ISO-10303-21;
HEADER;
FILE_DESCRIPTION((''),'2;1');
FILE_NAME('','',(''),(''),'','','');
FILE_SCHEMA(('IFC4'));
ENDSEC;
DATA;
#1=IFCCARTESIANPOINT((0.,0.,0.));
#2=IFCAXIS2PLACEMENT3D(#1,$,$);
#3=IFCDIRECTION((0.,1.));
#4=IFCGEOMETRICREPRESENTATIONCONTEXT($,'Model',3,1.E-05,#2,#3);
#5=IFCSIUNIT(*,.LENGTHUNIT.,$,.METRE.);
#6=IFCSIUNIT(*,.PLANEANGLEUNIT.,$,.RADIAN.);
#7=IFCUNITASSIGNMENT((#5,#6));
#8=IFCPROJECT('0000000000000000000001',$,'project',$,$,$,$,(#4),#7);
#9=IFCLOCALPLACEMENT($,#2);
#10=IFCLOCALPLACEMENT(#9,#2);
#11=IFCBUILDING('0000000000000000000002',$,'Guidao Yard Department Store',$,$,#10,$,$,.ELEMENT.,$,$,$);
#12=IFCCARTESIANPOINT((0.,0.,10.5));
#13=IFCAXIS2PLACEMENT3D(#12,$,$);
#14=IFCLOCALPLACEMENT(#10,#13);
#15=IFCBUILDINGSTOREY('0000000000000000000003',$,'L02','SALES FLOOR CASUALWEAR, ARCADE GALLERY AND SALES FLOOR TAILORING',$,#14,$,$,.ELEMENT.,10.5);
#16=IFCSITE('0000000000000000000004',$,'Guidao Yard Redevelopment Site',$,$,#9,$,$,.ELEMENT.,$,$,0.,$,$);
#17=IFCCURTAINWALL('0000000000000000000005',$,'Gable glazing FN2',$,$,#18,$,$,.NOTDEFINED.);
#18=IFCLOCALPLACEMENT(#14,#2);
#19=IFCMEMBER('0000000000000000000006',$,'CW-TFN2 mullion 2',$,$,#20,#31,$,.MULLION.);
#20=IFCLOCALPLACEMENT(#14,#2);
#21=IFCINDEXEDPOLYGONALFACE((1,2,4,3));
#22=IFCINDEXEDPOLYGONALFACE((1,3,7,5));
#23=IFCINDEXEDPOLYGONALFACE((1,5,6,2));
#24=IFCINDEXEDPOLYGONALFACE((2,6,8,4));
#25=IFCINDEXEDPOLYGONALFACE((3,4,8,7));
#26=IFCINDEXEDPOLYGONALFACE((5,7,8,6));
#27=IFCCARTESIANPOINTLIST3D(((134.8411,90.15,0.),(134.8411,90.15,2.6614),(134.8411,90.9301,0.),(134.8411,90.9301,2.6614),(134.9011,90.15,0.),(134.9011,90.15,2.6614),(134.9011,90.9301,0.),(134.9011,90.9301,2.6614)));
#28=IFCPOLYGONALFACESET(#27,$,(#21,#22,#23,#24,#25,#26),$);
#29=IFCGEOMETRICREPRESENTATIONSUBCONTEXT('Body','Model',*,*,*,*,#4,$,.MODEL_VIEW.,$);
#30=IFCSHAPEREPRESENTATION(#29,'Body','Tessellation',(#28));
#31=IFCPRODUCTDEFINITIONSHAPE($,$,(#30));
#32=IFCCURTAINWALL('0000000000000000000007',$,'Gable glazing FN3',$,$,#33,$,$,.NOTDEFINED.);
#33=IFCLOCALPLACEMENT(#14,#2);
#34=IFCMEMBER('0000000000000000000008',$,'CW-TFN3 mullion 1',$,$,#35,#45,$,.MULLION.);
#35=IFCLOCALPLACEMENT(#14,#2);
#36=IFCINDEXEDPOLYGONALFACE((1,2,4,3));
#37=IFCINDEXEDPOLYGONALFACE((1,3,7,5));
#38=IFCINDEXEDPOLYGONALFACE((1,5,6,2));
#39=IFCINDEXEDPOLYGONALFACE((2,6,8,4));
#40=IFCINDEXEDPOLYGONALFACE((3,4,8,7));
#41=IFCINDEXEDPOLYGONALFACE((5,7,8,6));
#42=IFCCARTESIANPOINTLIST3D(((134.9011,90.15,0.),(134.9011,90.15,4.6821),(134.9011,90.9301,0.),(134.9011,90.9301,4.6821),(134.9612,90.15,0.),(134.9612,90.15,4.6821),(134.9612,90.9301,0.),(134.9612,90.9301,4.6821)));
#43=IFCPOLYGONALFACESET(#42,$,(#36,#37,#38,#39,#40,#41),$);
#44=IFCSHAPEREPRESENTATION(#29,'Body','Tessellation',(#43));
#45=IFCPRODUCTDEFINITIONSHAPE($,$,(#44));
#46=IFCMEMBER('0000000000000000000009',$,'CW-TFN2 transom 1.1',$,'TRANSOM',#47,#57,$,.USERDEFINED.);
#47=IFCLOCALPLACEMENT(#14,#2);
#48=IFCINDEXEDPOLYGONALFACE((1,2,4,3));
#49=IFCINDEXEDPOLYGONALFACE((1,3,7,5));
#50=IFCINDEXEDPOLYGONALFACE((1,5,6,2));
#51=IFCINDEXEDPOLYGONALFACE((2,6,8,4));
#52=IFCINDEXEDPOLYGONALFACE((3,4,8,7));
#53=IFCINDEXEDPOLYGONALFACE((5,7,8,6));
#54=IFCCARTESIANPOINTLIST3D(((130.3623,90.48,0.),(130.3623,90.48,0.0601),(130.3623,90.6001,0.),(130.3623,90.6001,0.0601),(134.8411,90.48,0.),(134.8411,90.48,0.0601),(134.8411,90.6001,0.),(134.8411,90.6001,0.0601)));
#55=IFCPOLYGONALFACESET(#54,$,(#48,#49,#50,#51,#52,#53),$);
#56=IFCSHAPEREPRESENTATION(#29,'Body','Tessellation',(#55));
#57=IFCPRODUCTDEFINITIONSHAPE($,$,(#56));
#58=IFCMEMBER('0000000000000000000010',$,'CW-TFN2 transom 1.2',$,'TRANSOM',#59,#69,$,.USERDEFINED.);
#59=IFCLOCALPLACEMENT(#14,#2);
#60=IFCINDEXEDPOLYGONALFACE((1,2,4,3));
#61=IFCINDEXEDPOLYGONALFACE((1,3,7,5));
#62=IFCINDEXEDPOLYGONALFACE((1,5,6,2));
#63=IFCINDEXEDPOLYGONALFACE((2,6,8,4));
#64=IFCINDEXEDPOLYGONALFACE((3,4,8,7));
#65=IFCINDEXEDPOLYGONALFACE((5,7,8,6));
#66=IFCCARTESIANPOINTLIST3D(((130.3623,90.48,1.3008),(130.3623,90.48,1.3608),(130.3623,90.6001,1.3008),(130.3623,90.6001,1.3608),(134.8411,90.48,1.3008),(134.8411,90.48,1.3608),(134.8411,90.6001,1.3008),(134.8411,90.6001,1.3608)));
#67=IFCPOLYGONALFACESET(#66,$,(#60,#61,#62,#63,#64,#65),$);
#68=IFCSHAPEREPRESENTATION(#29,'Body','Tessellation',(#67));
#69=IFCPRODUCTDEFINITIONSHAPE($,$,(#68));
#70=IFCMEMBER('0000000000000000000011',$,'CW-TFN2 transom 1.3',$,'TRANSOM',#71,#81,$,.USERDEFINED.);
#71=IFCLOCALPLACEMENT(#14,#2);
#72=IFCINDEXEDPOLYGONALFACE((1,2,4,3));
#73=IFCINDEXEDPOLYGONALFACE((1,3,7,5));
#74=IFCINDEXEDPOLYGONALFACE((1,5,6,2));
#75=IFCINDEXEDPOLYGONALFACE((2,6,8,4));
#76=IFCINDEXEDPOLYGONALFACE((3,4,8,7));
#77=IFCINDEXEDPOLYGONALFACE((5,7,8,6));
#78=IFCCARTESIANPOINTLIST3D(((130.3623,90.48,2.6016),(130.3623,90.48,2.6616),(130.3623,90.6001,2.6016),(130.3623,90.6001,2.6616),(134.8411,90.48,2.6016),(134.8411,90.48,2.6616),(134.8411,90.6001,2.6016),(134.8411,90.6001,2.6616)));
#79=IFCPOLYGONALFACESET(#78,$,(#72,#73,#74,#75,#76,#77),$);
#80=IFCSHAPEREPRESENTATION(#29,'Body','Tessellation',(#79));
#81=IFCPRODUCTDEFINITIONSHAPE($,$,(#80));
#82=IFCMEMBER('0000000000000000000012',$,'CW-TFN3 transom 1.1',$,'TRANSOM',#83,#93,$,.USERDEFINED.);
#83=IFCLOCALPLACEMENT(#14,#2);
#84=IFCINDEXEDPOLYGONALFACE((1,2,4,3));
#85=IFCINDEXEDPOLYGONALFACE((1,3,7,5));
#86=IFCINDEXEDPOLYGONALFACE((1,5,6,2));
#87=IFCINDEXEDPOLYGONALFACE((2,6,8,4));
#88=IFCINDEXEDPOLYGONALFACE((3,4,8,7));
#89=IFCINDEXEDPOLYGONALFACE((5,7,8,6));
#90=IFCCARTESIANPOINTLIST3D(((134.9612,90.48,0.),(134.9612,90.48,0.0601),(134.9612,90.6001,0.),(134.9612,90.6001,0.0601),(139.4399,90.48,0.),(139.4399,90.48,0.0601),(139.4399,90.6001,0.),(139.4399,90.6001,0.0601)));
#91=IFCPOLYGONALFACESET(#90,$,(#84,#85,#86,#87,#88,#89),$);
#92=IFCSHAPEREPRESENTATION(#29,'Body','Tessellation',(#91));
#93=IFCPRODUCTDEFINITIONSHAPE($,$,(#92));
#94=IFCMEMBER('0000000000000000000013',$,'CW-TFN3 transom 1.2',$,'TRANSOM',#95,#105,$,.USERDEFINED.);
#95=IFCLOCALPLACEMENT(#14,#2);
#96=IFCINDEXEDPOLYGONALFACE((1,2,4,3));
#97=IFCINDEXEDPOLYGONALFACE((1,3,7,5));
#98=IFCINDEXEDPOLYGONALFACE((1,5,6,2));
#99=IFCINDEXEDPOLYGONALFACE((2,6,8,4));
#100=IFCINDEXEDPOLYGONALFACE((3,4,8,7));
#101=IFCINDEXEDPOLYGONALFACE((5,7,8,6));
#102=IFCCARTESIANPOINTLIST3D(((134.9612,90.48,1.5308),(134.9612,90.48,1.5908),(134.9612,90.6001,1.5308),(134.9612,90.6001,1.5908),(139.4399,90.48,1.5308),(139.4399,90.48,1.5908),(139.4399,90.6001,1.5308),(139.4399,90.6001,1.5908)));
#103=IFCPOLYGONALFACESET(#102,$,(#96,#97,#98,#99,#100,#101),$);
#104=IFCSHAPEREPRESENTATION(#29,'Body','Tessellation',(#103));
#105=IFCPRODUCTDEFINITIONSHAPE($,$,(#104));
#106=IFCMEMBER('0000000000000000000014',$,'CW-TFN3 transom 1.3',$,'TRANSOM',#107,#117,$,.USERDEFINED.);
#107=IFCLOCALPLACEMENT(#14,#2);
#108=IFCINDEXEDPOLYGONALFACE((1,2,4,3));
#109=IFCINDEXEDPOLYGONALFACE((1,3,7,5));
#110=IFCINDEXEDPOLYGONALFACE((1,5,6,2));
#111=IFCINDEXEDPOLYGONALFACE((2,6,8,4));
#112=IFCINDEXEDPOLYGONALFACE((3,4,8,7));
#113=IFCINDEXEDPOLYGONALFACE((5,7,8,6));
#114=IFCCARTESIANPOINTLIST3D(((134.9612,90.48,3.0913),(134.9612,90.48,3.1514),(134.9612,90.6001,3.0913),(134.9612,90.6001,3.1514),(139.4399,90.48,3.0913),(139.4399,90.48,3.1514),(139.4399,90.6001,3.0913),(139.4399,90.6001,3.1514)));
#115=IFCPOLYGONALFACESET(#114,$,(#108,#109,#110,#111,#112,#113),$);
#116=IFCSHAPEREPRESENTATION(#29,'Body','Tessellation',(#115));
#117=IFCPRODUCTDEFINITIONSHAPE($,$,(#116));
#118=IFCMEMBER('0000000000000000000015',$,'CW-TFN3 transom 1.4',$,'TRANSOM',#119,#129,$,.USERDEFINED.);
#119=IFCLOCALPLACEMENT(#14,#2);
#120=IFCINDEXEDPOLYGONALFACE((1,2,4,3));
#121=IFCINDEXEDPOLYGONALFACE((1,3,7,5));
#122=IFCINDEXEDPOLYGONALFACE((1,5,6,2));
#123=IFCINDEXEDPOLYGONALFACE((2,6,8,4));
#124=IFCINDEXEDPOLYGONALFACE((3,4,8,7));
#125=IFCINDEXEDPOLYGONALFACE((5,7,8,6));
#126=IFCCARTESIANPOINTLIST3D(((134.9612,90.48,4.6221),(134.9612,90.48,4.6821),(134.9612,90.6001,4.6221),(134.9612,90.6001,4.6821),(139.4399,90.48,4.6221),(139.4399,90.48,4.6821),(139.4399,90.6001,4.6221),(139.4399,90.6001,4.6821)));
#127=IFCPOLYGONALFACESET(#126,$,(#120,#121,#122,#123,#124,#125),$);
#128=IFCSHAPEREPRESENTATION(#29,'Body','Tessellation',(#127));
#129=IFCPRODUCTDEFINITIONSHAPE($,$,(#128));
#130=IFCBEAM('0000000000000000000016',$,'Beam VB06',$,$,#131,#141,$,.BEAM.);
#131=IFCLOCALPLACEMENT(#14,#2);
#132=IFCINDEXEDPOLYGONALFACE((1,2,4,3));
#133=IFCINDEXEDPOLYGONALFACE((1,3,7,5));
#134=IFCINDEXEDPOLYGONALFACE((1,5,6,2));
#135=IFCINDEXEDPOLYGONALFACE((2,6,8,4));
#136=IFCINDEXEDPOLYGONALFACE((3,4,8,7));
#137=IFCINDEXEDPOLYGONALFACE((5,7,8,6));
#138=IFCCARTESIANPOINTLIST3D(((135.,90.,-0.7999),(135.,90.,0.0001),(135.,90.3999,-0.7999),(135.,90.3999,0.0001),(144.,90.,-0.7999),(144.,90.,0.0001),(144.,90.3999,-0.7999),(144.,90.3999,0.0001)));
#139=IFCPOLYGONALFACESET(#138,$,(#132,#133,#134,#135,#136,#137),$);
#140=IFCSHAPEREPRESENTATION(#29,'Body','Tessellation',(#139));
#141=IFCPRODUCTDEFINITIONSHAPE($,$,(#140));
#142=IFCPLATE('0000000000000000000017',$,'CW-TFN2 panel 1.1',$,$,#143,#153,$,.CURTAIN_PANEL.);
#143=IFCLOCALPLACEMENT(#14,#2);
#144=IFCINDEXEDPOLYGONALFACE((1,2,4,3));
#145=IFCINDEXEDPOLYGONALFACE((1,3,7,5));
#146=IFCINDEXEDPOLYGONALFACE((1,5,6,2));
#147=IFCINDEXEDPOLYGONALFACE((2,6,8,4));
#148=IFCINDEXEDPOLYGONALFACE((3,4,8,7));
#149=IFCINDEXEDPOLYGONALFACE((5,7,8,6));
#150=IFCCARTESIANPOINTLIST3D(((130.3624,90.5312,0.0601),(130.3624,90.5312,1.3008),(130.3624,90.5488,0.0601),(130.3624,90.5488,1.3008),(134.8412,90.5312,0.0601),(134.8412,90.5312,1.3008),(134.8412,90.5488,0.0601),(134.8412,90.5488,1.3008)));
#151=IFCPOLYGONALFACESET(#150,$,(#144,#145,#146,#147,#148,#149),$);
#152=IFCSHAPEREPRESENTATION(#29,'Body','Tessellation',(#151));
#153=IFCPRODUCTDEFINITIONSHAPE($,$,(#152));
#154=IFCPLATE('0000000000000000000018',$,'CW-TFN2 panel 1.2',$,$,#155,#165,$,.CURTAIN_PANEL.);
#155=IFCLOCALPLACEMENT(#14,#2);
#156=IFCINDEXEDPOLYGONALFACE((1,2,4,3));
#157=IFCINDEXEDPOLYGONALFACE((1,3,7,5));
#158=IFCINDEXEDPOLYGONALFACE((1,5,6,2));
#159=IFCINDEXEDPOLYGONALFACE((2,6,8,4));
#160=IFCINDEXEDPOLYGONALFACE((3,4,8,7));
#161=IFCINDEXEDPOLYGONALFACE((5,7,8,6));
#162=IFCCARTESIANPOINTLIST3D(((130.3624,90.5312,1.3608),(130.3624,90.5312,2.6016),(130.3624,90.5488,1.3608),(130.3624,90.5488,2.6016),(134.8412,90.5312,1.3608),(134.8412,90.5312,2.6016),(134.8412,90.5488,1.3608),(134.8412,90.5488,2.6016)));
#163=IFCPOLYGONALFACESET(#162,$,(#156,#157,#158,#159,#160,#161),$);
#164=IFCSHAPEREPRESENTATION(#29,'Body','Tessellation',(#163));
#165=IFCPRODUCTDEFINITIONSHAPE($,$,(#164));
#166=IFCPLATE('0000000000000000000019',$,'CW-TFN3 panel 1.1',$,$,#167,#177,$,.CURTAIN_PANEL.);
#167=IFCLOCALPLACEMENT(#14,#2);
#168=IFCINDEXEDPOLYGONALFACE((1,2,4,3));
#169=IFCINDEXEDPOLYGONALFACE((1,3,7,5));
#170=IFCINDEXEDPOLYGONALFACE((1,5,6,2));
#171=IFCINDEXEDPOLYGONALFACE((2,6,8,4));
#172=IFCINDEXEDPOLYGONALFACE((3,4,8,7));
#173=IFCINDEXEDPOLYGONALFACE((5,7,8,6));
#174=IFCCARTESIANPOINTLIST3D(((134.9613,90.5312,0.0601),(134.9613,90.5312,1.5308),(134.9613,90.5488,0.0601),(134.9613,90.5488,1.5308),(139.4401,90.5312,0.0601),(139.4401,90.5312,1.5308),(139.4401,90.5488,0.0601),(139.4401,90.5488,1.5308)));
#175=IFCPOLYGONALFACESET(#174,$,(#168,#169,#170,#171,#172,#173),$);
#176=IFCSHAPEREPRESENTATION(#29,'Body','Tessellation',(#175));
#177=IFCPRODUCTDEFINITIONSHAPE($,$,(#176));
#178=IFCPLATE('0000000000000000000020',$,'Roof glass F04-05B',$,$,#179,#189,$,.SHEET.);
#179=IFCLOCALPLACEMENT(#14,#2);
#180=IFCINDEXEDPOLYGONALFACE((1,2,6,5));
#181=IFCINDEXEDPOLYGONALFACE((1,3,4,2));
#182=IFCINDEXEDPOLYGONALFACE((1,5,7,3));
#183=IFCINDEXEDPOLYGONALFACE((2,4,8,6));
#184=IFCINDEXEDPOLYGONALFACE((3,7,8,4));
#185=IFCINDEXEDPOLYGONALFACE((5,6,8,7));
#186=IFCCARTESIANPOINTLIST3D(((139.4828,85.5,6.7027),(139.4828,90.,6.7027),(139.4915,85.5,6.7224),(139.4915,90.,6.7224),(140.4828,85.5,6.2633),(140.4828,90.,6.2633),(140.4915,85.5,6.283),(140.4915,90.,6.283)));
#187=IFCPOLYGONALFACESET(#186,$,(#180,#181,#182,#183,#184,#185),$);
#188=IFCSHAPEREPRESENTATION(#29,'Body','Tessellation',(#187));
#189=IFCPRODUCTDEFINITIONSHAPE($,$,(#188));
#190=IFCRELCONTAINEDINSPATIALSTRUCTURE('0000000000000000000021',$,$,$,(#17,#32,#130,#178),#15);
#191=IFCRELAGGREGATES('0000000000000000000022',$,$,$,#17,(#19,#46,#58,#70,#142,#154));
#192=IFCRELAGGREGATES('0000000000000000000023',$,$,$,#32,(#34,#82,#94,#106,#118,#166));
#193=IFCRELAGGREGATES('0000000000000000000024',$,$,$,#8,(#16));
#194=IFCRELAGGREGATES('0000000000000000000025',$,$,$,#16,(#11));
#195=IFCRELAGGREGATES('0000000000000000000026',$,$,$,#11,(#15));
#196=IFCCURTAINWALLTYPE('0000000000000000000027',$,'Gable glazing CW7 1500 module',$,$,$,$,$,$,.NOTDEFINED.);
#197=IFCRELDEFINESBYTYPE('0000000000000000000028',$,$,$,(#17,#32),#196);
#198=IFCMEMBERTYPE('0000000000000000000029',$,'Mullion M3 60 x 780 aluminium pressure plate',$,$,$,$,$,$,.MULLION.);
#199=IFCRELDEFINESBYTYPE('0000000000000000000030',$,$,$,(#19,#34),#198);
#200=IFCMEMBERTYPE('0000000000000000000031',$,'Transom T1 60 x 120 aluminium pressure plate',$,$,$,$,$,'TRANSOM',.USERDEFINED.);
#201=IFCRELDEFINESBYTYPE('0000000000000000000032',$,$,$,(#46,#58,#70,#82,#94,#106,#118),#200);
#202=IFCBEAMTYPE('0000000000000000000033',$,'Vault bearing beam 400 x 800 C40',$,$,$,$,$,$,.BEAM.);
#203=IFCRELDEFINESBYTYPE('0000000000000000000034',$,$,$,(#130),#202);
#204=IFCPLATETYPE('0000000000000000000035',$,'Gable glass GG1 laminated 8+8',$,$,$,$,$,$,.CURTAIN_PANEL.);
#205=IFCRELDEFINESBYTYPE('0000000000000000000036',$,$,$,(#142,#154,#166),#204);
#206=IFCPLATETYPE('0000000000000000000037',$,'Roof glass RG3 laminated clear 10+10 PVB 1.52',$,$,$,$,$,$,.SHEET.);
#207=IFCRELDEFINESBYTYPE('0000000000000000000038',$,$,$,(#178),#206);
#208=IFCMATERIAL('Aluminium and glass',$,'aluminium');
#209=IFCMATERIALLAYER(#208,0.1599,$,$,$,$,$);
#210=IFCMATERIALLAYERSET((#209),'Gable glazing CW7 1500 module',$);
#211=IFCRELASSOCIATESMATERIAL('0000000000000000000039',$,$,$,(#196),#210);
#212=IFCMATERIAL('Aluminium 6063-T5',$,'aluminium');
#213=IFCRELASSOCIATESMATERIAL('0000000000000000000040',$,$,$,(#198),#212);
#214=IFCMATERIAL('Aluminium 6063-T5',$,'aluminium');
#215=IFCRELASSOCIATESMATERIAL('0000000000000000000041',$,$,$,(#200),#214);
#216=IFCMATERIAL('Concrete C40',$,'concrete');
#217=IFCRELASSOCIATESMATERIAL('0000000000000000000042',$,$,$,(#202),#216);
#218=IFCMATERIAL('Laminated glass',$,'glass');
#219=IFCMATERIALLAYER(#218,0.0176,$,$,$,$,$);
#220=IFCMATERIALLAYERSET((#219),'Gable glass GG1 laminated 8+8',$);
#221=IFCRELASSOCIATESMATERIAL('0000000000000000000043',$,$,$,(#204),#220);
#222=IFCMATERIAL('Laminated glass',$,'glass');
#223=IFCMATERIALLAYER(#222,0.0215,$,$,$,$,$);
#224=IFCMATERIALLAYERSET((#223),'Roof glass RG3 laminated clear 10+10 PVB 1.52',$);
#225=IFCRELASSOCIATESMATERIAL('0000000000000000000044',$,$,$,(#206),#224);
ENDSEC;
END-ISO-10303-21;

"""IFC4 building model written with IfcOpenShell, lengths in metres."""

from ifc_helpers import new_model, si_unit, direction, frame, origin, origin_2d, place, context, subcontext, project, spatial, polyline, rectangle, outline, extrude, material, layer, layer_set, material_profile, profile_set, type_object, element, aggregate, save


model = new_model("IFC4")

# Units and contexts
model_context = context("Model", 3, precision=1e-05, world=origin(), true_north=direction((0.0, 1.0)))
body_context = subcontext(model_context, "Body", "Model", "MODEL_VIEW")
ifc_project = project(units=[si_unit("LENGTHUNIT", "METRE"), si_unit("PLANEANGLEUNIT", "RADIAN")], contexts=[model_context])

# Site, building, storey
site_placement = place(None, origin())
site = spatial("IfcSite", under=ifc_project, at=site_placement, Name="Guidao Yard Redevelopment Site", CompositionType="ELEMENT", RefElevation=0.0)
building_placement = place(site_placement, origin())
building = spatial("IfcBuilding", under=site, at=building_placement, Name="Guidao Yard Department Store", CompositionType="ELEMENT")
storey_placement = place(building_placement, frame((0.0, 0.0, 10.5)))
storey = spatial("IfcBuildingStorey", under=building, at=storey_placement, Name="L02", Description="SALES FLOOR CASUALWEAR, ARCADE GALLERY AND SALES FLOOR TAILORING", CompositionType="ELEMENT", Elevation=10.5)

# Shared definitions
ifc_material_1 = material(Name="Aluminium and glass", Category="aluminium")
ifc_layer_1 = layer(ifc_material_1, 0.1599)
ifc_layer_set_1 = layer_set([ifc_layer_1], Name="Gable glazing CW7 1500 module")
curtain_wall_type = type_object("IfcCurtainWallType", Name="Gable glazing CW7 1500 module", PredefinedType="NOTDEFINED", material=ifc_layer_set_1)
ifc_material_2 = material(Name="Aluminium 6063-T5", Category="aluminium")
ifc_material_profile_1 = material_profile(ifc_material_2, rectangle(XDim=0.0601, YDim=0.78, at=origin_2d()), Name="Mullion M3 60 x 780 aluminium pressure plate")
ifc_profile_set_1 = profile_set([ifc_material_profile_1], Name="Aluminium 6063-T5")
member_type_1 = type_object("IfcMemberType", Name="Mullion M3 60 x 780 aluminium pressure plate", PredefinedType="MULLION", material=ifc_profile_set_1)

# Curtain wall, member
curtain_wall_1_placement = place(storey_placement, origin())
curtain_wall_1 = element("IfcCurtainWall", 1, at=curtain_wall_1_placement, inside=storey, type_object=curtain_wall_type, Name="Gable glazing FN2", PredefinedType="NOTDEFINED")
member_1_placement = place(storey_placement, frame((134.8711, 90.54, 0.0), z_axis=(0.0, 0.0, 1.0), x_axis=(1.0, 0.0, 0.0)))
member_1 = element("IfcMember", 2, at=member_1_placement, type_object=member_type_1, Name="CW-TFN2 mullion 2", PredefinedType="MULLION", context=body_context, shape_type="SweptSolid", body=[
    extrude(rectangle(XDim=0.0601, YDim=0.78, at=origin_2d()), origin(), (0.0, 0.0, 1.0), 2.6614),
])

# Curtain wall, member
curtain_wall_2_placement = place(storey_placement, origin())
curtain_wall_2 = element("IfcCurtainWall", 3, at=curtain_wall_2_placement, inside=storey, type_object=curtain_wall_type, Name="Gable glazing FN3", PredefinedType="NOTDEFINED")
member_2_placement = place(storey_placement, frame((134.9312, 90.54, 0.0), z_axis=(0.0, 0.0, 1.0), x_axis=(1.0, 0.0, 0.0)))
member_2 = element("IfcMember", 4, at=member_2_placement, type_object=member_type_1, Name="CW-TFN3 mullion 1", PredefinedType="MULLION", context=body_context, shape_type="SweptSolid", body=[
    extrude(rectangle(XDim=0.0601, YDim=0.78, at=origin_2d()), origin(), (0.0, 0.0, 1.0), 4.6821),
])

# Members
ifc_material_3 = material(Name="Aluminium 6063-T5", Category="aluminium")
ifc_material_profile_2 = material_profile(ifc_material_3, rectangle(XDim=0.1201, YDim=0.0601, at=origin_2d()), Name="Transom T1 60 x 120 aluminium pressure plate")
ifc_profile_set_2 = profile_set([ifc_material_profile_2], Name="Aluminium 6063-T5")
member_type_2 = type_object("IfcMemberType", Name="Transom T1 60 x 120 aluminium pressure plate", ElementType="TRANSOM", PredefinedType="USERDEFINED", material=ifc_profile_set_2)
member_3_placement = place(storey_placement, frame((130.3623, 90.54, 0.03), z_axis=(1.0, 0.0, 0.0), x_axis=(0.0, 1.0, 0.0)))
member_3 = element("IfcMember", 5, at=member_3_placement, type_object=member_type_2, Name="CW-TFN2 transom 1.1", ObjectType="TRANSOM", PredefinedType="USERDEFINED", context=body_context, shape_type="SweptSolid", body=[
    extrude(rectangle(XDim=0.1201, YDim=0.0601, at=origin_2d()), origin(), (0.0, 0.0, 1.0), 4.4788),
])
member_4_placement = place(storey_placement, frame((130.3623, 90.54, 1.3308), z_axis=(1.0, 0.0, 0.0), x_axis=(0.0, 1.0, 0.0)))
member_4 = element("IfcMember", 6, at=member_4_placement, type_object=member_type_2, Name="CW-TFN2 transom 1.2", ObjectType="TRANSOM", PredefinedType="USERDEFINED", context=body_context, shape_type="SweptSolid", body=[
    extrude(rectangle(XDim=0.1201, YDim=0.0601, at=origin_2d()), origin(), (0.0, 0.0, 1.0), 4.4788),
])
member_5_placement = place(storey_placement, frame((130.3623, 90.54, 2.6316), z_axis=(1.0, 0.0, 0.0), x_axis=(0.0, 1.0, 0.0)))
member_5 = element("IfcMember", 7, at=member_5_placement, type_object=member_type_2, Name="CW-TFN2 transom 1.3", ObjectType="TRANSOM", PredefinedType="USERDEFINED", context=body_context, shape_type="SweptSolid", body=[
    extrude(rectangle(XDim=0.1201, YDim=0.0601, at=origin_2d()), origin(), (0.0, 0.0, 1.0), 4.4788),
])
member_6_placement = place(storey_placement, frame((134.9612, 90.54, 0.03), z_axis=(1.0, 0.0, 0.0), x_axis=(0.0, 1.0, 0.0)))
member_6 = element("IfcMember", 8, at=member_6_placement, type_object=member_type_2, Name="CW-TFN3 transom 1.1", ObjectType="TRANSOM", PredefinedType="USERDEFINED", context=body_context, shape_type="SweptSolid", body=[
    extrude(rectangle(XDim=0.1201, YDim=0.0601, at=origin_2d()), origin(), (0.0, 0.0, 1.0), 4.4788),
])
member_7_placement = place(storey_placement, frame((134.9612, 90.54, 1.5608), z_axis=(1.0, 0.0, 0.0), x_axis=(0.0, 1.0, 0.0)))
member_7 = element("IfcMember", 9, at=member_7_placement, type_object=member_type_2, Name="CW-TFN3 transom 1.2", ObjectType="TRANSOM", PredefinedType="USERDEFINED", context=body_context, shape_type="SweptSolid", body=[
    extrude(rectangle(XDim=0.1201, YDim=0.0601, at=origin_2d()), origin(), (0.0, 0.0, 1.0), 4.4788),
])
member_8_placement = place(storey_placement, frame((134.9612, 90.54, 3.1213), z_axis=(1.0, 0.0, 0.0), x_axis=(0.0, 1.0, 0.0)))
member_8 = element("IfcMember", 10, at=member_8_placement, type_object=member_type_2, Name="CW-TFN3 transom 1.3", ObjectType="TRANSOM", PredefinedType="USERDEFINED", context=body_context, shape_type="SweptSolid", body=[
    extrude(rectangle(XDim=0.1201, YDim=0.0601, at=origin_2d()), origin(), (0.0, 0.0, 1.0), 4.4788),
])
member_9_placement = place(storey_placement, frame((134.9612, 90.54, 4.6521), z_axis=(1.0, 0.0, 0.0), x_axis=(0.0, 1.0, 0.0)))
member_9 = element("IfcMember", 11, at=member_9_placement, type_object=member_type_2, Name="CW-TFN3 transom 1.4", ObjectType="TRANSOM", PredefinedType="USERDEFINED", context=body_context, shape_type="SweptSolid", body=[
    extrude(rectangle(XDim=0.1201, YDim=0.0601, at=origin_2d()), origin(), (0.0, 0.0, 1.0), 4.4788),
])

# Beam
ifc_material_4 = material(Name="Concrete C40", Category="concrete")
ifc_material_profile_3 = material_profile(ifc_material_4, rectangle(XDim=0.3999, YDim=0.8, at=origin_2d()), Name="Vault bearing beam 400 x 800 C40")
ifc_profile_set_3 = profile_set([ifc_material_profile_3], Name="Concrete C40")
beam_type_1 = type_object("IfcBeamType", Name="Vault bearing beam 400 x 800 C40", PredefinedType="BEAM", material=ifc_profile_set_3)
beam_1_placement = place(storey_placement, frame((135.0, 90.2, -0.3999), z_axis=(1.0, 0.0, 0.0), x_axis=(0.0, 1.0, 0.0)))
element("IfcBeam", 12, at=beam_1_placement, inside=storey, type_object=beam_type_1, Name="Beam VB06", PredefinedType="BEAM", context=body_context, shape_type="SweptSolid", body=[
    extrude(rectangle(XDim=0.3999, YDim=0.8, at=origin_2d()), origin(), (0.0, 0.0, 1.0), 9.0),
])

# Plates
ifc_material_5 = material(Name="Laminated glass", Category="glass")
ifc_layer_2 = layer(ifc_material_5, 0.0176)
ifc_layer_set_2 = layer_set([ifc_layer_2], Name="Gable glass GG1 laminated 8+8")
plate_type_1 = type_object("IfcPlateType", Name="Gable glass GG1 laminated 8+8", PredefinedType="CURTAIN_PANEL", material=ifc_layer_set_2)
plate_1_placement = place(storey_placement, frame((132.6018, 90.54, 0.0601), z_axis=(0.0, 0.0, 1.0), x_axis=(1.0, 0.0, 0.0)))
plate_1 = element("IfcPlate", 13, at=plate_1_placement, type_object=plate_type_1, Name="CW-TFN2 panel 1.1", PredefinedType="CURTAIN_PANEL", context=body_context, shape_type="SweptSolid", body=[
    extrude(rectangle(XDim=4.4788, YDim=0.0176, at=origin_2d()), origin(), (0.0, 0.0, 1.0), 1.2407),
])
plate_2_placement = place(storey_placement, frame((132.6018, 90.54, 1.3608), z_axis=(0.0, 0.0, 1.0), x_axis=(1.0, 0.0, 0.0)))
plate_2 = element("IfcPlate", 14, at=plate_2_placement, type_object=plate_type_1, Name="CW-TFN2 panel 1.2", PredefinedType="CURTAIN_PANEL", context=body_context, shape_type="SweptSolid", body=[
    extrude(rectangle(XDim=4.4788, YDim=0.0176, at=origin_2d()), origin(), (0.0, 0.0, 1.0), 1.2407),
])
aggregate(curtain_wall_1, [member_1, member_3, member_4, member_5, plate_1, plate_2])
plate_3_placement = place(storey_placement, frame((137.2007, 90.54, 0.0601), z_axis=(0.0, 0.0, 1.0), x_axis=(1.0, 0.0, 0.0)))
plate_3 = element("IfcPlate", 15, at=plate_3_placement, type_object=plate_type_1, Name="CW-TFN3 panel 1.1", PredefinedType="CURTAIN_PANEL", context=body_context, shape_type="SweptSolid", body=[
    extrude(rectangle(XDim=4.4788, YDim=0.0176, at=origin_2d()), origin(), (0.0, 0.0, 1.0), 1.4707),
])
aggregate(curtain_wall_2, [member_2, member_6, member_7, member_8, member_9, plate_3])
ifc_material_6 = material(Name="Laminated glass", Category="glass")
ifc_layer_3 = layer(ifc_material_6, 0.0215)
ifc_layer_set_3 = layer_set([ifc_layer_3], Name="Roof glass RG3 laminated clear 10+10 PVB 1.52")
plate_type_2 = type_object("IfcPlateType", Name="Roof glass RG3 laminated clear 10+10 PVB 1.52", PredefinedType="SHEET", material=ifc_layer_set_3)
plate_4_placement = place(storey_placement, frame((139.4915, 85.5, 6.7224), z_axis=(0.402319, 0.0, 0.915499), x_axis=(0.915499, 0.0, -0.402319)))
element("IfcPlate", 16, at=plate_4_placement, inside=storey, type_object=plate_type_2, Name="Roof glass F04-05B", PredefinedType="SHEET", context=body_context, shape_type="SweptSolid", body=[
    extrude(outline(polyline([(0.0, 0.0), (1.0923, 0.0), (1.0923, 4.5), (0.0, 4.5), (0.0, 0.0)])), origin(), (0.0, 0.0, -1.0), 0.0215),
])

save(model, "model.ifc")
